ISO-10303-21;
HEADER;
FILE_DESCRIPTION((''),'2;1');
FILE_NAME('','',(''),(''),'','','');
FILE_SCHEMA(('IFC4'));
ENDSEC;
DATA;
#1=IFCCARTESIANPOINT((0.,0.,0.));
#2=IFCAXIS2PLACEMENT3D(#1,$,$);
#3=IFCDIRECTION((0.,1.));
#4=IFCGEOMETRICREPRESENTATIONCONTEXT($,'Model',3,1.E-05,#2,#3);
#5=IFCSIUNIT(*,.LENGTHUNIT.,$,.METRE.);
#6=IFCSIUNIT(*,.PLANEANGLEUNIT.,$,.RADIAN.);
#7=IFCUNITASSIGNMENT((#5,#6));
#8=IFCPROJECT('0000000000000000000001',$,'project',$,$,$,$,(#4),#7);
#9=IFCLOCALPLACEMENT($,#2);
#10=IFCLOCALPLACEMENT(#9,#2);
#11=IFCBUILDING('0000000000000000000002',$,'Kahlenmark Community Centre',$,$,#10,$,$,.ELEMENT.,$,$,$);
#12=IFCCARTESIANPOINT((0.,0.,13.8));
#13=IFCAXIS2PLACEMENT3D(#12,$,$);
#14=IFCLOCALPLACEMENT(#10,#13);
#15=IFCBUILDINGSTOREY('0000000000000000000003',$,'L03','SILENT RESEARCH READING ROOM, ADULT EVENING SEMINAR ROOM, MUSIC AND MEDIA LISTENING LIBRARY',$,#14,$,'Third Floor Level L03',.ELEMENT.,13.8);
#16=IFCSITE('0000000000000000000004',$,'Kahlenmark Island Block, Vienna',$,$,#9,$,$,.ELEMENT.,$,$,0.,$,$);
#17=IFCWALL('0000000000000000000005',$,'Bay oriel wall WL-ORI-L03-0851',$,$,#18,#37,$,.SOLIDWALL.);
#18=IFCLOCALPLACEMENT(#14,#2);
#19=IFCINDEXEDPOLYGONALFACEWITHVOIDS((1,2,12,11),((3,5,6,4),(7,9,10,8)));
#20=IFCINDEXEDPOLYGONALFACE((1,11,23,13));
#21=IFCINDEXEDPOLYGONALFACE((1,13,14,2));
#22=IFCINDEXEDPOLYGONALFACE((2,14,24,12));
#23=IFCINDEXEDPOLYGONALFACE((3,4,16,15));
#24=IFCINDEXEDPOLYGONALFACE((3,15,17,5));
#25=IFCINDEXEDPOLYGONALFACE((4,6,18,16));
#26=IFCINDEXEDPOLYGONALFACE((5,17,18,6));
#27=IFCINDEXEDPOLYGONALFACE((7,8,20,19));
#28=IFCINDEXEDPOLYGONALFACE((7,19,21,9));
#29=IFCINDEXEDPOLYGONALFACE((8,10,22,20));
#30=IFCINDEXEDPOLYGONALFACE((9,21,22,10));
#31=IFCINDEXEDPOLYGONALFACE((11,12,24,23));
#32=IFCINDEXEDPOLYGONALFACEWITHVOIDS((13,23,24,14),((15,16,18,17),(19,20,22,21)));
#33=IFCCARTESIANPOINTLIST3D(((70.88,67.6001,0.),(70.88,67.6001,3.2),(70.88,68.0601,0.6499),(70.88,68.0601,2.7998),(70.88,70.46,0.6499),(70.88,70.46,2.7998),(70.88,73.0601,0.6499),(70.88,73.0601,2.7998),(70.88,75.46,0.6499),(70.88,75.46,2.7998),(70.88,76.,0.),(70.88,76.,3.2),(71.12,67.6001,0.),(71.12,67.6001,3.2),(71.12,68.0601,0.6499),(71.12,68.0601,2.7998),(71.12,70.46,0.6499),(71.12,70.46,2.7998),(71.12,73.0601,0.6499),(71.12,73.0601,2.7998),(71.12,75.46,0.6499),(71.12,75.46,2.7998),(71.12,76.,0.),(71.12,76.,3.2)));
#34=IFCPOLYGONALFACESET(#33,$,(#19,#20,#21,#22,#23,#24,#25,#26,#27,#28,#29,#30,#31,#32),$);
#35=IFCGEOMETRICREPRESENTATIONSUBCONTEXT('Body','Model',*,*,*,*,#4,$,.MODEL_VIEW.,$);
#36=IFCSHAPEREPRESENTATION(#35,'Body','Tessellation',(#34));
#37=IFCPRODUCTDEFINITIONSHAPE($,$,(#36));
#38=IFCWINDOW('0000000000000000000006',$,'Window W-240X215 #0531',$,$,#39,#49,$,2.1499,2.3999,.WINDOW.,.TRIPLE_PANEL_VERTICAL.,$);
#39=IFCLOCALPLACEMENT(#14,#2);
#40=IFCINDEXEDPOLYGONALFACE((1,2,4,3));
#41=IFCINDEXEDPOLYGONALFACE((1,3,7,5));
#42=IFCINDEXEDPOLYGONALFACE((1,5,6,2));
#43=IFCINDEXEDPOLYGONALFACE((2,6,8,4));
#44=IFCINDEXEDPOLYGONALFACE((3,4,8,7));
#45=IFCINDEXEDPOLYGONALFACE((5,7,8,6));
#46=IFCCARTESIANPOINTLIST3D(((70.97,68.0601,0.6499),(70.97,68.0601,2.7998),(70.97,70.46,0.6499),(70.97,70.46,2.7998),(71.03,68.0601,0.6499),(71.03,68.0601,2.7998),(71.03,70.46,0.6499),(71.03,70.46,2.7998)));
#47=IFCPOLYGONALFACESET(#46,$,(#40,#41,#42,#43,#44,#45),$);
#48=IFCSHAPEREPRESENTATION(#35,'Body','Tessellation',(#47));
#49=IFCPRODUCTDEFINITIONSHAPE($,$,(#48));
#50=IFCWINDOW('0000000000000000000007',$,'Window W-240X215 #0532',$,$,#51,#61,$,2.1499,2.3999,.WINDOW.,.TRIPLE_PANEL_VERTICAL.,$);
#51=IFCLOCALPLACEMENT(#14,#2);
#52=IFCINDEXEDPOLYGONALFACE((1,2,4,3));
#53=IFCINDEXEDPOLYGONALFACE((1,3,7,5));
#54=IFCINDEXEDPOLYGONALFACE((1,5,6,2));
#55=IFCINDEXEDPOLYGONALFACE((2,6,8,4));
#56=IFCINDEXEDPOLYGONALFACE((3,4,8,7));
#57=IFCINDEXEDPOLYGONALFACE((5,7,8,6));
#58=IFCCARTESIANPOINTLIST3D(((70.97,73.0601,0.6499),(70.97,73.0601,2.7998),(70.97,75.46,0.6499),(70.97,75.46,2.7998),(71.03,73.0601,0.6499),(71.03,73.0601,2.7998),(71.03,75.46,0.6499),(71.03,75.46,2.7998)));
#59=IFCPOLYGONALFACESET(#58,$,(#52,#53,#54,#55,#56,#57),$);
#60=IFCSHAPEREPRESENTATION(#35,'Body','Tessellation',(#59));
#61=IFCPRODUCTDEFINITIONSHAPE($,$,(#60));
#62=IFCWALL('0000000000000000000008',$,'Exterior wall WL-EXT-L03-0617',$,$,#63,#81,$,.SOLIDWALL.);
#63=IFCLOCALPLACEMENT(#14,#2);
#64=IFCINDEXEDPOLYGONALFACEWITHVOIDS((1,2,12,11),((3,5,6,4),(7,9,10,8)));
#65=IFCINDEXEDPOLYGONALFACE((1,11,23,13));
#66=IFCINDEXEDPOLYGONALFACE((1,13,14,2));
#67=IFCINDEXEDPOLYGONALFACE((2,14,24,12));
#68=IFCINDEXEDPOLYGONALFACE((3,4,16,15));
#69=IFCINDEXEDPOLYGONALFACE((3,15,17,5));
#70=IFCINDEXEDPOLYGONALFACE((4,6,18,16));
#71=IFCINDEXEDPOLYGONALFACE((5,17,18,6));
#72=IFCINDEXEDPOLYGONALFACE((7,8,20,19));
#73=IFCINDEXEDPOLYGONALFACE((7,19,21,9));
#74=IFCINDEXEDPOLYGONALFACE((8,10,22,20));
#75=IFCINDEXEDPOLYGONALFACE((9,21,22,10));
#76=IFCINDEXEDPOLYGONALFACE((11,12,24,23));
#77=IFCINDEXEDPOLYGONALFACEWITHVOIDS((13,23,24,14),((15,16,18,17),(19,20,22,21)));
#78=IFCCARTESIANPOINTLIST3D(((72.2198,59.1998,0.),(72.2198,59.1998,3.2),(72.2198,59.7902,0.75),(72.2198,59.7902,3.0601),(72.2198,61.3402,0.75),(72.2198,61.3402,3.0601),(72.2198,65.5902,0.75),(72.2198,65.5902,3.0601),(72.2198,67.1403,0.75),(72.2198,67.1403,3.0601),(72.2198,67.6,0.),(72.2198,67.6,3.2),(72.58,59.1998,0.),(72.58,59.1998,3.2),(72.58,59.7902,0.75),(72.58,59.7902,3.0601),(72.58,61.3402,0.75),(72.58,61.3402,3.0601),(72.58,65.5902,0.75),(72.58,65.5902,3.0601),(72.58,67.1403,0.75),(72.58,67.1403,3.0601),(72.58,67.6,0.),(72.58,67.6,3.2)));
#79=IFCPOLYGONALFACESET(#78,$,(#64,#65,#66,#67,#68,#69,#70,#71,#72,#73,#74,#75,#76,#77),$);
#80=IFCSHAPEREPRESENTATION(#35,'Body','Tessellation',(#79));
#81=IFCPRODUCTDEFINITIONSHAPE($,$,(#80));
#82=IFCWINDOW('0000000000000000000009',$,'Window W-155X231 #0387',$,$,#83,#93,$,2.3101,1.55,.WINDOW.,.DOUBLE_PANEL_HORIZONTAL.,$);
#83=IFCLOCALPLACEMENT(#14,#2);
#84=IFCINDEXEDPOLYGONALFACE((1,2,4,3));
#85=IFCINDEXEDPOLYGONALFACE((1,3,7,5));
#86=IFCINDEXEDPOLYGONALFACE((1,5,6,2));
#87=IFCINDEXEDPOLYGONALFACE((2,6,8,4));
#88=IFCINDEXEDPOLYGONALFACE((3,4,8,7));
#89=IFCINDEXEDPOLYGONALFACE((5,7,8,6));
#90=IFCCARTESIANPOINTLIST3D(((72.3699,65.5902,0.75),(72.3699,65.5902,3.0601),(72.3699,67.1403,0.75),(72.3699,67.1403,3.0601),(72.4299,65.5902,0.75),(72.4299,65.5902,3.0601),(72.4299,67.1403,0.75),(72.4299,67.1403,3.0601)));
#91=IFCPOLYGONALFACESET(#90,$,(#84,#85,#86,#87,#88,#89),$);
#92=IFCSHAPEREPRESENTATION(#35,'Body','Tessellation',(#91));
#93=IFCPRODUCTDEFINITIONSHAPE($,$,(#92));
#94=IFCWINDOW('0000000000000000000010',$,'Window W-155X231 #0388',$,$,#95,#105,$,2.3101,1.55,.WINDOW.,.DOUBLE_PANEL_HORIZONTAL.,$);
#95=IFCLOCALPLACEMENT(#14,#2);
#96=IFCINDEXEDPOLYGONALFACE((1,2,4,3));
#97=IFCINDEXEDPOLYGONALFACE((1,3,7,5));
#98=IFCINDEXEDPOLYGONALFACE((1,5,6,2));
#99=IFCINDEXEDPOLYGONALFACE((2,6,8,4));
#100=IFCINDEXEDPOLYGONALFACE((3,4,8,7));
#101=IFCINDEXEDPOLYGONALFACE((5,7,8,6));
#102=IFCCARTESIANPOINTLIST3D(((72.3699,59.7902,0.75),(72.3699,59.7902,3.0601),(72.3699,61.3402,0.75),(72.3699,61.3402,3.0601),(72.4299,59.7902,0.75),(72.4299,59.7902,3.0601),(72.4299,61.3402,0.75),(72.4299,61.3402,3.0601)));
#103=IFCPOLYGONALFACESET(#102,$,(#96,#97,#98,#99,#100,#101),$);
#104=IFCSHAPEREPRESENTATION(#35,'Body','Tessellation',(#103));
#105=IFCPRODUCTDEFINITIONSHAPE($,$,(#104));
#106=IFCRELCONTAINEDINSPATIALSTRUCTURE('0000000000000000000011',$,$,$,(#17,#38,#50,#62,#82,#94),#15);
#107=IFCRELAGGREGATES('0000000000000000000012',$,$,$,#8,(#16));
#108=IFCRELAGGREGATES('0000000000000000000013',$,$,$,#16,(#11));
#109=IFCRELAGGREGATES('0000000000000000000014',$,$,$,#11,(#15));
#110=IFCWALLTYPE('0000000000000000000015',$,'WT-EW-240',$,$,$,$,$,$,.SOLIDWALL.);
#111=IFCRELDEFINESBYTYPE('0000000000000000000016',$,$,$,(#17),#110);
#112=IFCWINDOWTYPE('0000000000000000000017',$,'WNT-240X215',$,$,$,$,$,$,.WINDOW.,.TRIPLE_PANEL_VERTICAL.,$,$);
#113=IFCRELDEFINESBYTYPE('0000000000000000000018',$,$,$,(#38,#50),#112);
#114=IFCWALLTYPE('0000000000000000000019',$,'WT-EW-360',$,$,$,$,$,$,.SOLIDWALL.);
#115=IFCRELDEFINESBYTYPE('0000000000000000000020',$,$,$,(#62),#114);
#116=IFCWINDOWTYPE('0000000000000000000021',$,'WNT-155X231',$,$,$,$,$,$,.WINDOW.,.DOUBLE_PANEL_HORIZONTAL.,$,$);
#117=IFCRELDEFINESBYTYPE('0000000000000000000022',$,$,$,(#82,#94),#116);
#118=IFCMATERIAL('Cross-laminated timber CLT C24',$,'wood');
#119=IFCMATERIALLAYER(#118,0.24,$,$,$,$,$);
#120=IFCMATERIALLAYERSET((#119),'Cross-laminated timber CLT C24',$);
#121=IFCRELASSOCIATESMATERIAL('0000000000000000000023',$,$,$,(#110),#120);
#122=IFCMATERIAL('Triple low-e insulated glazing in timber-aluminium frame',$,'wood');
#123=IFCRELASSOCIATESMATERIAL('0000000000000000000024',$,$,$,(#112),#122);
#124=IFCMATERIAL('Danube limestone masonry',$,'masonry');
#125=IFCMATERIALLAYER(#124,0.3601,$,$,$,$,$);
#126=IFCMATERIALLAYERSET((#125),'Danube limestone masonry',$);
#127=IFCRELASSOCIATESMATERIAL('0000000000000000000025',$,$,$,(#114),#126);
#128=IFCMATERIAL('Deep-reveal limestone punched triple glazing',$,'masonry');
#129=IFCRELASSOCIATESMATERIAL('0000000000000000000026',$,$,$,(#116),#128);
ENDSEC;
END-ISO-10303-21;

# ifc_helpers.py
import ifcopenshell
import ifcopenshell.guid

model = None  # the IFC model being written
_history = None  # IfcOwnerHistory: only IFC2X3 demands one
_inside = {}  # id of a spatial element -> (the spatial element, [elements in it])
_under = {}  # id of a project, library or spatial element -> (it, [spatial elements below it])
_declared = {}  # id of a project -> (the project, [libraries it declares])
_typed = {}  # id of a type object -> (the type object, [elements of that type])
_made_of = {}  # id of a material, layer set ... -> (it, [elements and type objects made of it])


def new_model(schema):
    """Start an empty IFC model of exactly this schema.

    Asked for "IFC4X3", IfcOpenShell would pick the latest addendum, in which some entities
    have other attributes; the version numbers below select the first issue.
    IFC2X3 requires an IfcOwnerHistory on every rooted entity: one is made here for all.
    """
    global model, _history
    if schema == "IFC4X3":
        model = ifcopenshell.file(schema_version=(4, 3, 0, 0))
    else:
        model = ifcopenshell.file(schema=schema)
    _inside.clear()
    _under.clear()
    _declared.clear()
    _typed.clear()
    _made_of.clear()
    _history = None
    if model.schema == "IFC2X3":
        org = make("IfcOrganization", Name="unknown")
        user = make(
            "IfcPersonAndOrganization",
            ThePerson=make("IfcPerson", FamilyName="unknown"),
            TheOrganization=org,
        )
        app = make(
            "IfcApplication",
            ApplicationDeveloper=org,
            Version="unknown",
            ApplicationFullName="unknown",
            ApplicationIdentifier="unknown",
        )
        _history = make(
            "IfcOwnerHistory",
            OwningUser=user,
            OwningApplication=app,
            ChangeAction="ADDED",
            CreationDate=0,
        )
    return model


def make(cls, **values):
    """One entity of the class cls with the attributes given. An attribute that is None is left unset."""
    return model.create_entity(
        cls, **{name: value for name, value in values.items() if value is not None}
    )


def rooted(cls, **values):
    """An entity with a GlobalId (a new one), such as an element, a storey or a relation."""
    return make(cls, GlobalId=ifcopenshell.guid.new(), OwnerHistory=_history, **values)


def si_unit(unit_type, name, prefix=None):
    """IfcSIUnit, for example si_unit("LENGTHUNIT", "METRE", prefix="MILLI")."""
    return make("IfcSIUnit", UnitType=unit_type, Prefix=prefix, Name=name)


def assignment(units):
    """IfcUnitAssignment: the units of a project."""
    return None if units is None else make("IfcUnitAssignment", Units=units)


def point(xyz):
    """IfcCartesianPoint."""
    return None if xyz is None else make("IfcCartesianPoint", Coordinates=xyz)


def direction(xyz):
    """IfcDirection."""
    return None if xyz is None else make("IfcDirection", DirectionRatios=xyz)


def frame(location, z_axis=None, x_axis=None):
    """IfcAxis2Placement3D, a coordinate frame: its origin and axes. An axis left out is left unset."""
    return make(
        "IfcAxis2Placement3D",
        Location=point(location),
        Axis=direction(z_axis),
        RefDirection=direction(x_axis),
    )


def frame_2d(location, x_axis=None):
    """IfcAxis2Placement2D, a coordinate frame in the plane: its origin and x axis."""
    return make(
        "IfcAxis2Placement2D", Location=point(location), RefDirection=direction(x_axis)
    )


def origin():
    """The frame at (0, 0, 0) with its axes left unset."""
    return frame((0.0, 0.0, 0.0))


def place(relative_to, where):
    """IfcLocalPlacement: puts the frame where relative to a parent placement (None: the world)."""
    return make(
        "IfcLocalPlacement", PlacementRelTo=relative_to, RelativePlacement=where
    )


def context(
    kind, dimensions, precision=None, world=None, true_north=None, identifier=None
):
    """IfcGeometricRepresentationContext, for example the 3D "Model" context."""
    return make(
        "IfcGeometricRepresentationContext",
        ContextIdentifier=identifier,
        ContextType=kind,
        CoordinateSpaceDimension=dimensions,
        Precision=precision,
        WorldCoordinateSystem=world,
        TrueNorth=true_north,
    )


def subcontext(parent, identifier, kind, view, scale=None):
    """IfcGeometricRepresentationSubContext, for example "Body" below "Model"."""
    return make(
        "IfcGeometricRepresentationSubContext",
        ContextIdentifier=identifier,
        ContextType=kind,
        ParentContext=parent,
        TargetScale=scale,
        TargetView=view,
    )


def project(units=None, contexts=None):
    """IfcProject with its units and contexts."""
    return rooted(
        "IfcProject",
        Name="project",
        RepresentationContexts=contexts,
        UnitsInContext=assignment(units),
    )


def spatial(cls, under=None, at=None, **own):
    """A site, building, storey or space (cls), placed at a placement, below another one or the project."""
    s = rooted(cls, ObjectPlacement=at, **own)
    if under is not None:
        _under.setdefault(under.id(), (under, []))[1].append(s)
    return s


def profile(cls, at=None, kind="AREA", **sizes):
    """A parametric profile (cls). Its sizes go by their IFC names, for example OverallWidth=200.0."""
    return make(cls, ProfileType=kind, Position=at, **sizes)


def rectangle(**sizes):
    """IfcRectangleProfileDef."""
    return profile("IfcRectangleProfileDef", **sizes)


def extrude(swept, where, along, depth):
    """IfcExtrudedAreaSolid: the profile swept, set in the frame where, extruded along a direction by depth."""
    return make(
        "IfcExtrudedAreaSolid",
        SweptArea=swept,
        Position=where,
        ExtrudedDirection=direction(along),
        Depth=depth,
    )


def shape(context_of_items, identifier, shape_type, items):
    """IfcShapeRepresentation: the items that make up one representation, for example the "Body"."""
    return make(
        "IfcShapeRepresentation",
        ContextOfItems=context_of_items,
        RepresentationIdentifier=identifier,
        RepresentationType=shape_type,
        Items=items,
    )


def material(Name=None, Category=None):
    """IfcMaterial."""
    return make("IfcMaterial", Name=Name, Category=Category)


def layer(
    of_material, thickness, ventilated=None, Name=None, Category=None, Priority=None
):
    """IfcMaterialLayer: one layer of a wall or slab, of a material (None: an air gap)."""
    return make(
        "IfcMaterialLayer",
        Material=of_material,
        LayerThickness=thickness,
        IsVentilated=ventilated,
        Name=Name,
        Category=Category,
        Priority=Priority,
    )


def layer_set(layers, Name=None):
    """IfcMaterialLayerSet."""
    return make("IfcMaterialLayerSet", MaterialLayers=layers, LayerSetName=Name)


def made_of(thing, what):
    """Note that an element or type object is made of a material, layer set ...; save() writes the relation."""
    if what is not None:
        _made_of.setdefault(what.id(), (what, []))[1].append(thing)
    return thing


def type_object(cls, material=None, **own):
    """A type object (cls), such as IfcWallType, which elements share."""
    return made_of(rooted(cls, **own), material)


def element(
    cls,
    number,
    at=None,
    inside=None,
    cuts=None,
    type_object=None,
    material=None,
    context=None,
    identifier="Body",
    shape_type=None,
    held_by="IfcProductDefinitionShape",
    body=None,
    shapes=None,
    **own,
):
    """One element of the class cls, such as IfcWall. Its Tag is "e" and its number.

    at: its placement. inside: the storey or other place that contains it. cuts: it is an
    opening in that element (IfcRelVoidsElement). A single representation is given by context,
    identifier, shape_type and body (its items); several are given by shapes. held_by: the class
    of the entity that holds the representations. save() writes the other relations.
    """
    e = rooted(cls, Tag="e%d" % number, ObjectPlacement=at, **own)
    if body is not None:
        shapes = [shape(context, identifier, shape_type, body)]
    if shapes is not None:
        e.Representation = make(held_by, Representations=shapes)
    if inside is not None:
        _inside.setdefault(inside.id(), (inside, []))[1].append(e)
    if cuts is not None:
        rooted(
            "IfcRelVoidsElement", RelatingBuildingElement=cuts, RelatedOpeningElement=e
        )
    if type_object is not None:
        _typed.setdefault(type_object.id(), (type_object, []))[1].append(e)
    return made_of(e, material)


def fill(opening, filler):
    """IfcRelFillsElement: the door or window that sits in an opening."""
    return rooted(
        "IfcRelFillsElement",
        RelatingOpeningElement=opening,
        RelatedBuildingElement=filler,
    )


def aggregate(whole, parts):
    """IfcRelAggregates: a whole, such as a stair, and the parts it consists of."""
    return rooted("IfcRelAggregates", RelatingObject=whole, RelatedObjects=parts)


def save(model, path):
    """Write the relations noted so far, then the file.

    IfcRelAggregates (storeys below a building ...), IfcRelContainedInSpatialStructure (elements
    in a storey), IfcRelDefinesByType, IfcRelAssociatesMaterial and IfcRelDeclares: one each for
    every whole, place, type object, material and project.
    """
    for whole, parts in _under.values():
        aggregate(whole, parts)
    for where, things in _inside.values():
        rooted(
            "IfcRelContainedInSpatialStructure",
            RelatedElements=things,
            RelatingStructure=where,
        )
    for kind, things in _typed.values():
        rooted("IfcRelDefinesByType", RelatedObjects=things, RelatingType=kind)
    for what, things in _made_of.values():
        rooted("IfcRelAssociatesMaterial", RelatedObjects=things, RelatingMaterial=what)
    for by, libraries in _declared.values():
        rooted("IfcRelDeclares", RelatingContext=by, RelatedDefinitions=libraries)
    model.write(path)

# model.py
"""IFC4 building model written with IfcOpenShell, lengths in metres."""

from ifc_helpers import new_model, si_unit, direction, frame, frame_2d, origin, place, context, subcontext, project, spatial, rectangle, extrude, material, layer, layer_set, type_object, element, fill, save


model = new_model("IFC4")

# Units and contexts
model_context = context("Model", 3, precision=1e-05, world=origin(), true_north=direction((0.0, 1.0)))
body_context = subcontext(model_context, "Body", "Model", "MODEL_VIEW")
ifc_project = project(units=[si_unit("LENGTHUNIT", "METRE"), si_unit("PLANEANGLEUNIT", "RADIAN")], contexts=[model_context])

# Site, building, storey
site_placement = place(None, origin())
site = spatial("IfcSite", under=ifc_project, at=site_placement, Name="Kahlenmark Island Block, Vienna", CompositionType="ELEMENT", RefElevation=0.0)
building_placement = place(site_placement, origin())
building = spatial("IfcBuilding", under=site, at=building_placement, Name="Kahlenmark Community Centre", CompositionType="ELEMENT")
storey_placement = place(building_placement, frame((0.0, 0.0, 13.8)))
storey = spatial("IfcBuildingStorey", under=building, at=storey_placement, Name="L03", Description="SILENT RESEARCH READING ROOM, ADULT EVENING SEMINAR ROOM, MUSIC AND MEDIA LISTENING LIBRARY", LongName="Third Floor Level L03", CompositionType="ELEMENT", Elevation=13.8)

# Shared definitions
ifc_material_1 = material(Name="Cross-laminated timber CLT C24", Category="wood")
ifc_layer_1 = layer(ifc_material_1, 0.24)
ifc_layer_set_1 = layer_set([ifc_layer_1], Name="Cross-laminated timber CLT C24")
wall_type_1 = type_object("IfcWallType", Name="WT-EW-240", PredefinedType="SOLIDWALL", material=ifc_layer_set_1)

# Walls, openings, windows
wall_1_placement = place(storey_placement, frame((71.0, 67.6001, 0.0), z_axis=(0.0, 0.0, 1.0), x_axis=(0.0, 1.0, 0.0)))
wall_1 = element("IfcWall", 1, at=wall_1_placement, inside=storey, type_object=wall_type_1, Name="Bay oriel wall WL-ORI-L03-0851", PredefinedType="SOLIDWALL", context=body_context, shape_type="SweptSolid", body=[
    extrude(rectangle(XDim=8.3999, YDim=0.24, at=frame_2d((4.2, 0.0))), origin(), (0.0, 0.0, 1.0), 3.2),
])
opening_1_placement = place(wall_1_placement, frame((0.46, 0.0, 0.6499)))
opening_1 = element("IfcOpeningElement", 2, at=opening_1_placement, cuts=wall_1, PredefinedType="OPENING", context=body_context, shape_type="SweptSolid", body=[
    extrude(rectangle(XDim=2.3999, YDim=2.1499, at=frame_2d((1.2, 1.075))), frame((0.0, 0.1299, 0.0), z_axis=(0.0, -1.0, 0.0), x_axis=(1.0, 0.0, 0.0)), (0.0, 0.0, 1.0), 0.26),
])
opening_2_placement = place(wall_1_placement, frame((5.46, 0.0, 0.6499)))
opening_2 = element("IfcOpeningElement", 3, at=opening_2_placement, cuts=wall_1, PredefinedType="OPENING", context=body_context, shape_type="SweptSolid", body=[
    extrude(rectangle(XDim=2.3999, YDim=2.1499, at=frame_2d((1.2, 1.075))), frame((0.0, 0.1299, 0.0), z_axis=(0.0, -1.0, 0.0), x_axis=(1.0, 0.0, 0.0)), (0.0, 0.0, 1.0), 0.26),
])
ifc_material_2 = material(Name="Triple low-e insulated glazing in timber-aluminium frame", Category="wood")
window_type_1 = type_object("IfcWindowType", Name="WNT-240X215", PartitioningType="TRIPLE_PANEL_VERTICAL", PredefinedType="WINDOW", material=ifc_material_2)
window_1_placement = place(opening_1_placement, origin())
window_1 = element("IfcWindow", 4, at=window_1_placement, inside=storey, type_object=window_type_1, Name="Window W-240X215 #0531", OverallHeight=2.1499, OverallWidth=2.3999, PartitioningType="TRIPLE_PANEL_VERTICAL", PredefinedType="WINDOW", context=body_context, shape_type="SweptSolid", body=[
    extrude(rectangle(XDim=2.3999, YDim=2.1499, at=frame_2d((1.2, 1.075))), frame((0.0, 0.03, 0.0), z_axis=(0.0, -1.0, 0.0), x_axis=(1.0, 0.0, 0.0)), (0.0, 0.0, 1.0), 0.0601),
])
fill(opening_1, window_1)
window_2_placement = place(opening_2_placement, origin())
window_2 = element("IfcWindow", 5, at=window_2_placement, inside=storey, type_object=window_type_1, Name="Window W-240X215 #0532", OverallHeight=2.1499, OverallWidth=2.3999, PartitioningType="TRIPLE_PANEL_VERTICAL", PredefinedType="WINDOW", context=body_context, shape_type="SweptSolid", body=[
    extrude(rectangle(XDim=2.3999, YDim=2.1499, at=frame_2d((1.2, 1.075))), frame((0.0, 0.03, 0.0), z_axis=(0.0, -1.0, 0.0), x_axis=(1.0, 0.0, 0.0)), (0.0, 0.0, 1.0), 0.0601),
])
fill(opening_2, window_2)
ifc_material_3 = material(Name="Danube limestone masonry", Category="masonry")
ifc_layer_2 = layer(ifc_material_3, 0.3601)
ifc_layer_set_2 = layer_set([ifc_layer_2], Name="Danube limestone masonry")
wall_type_2 = type_object("IfcWallType", Name="WT-EW-360", PredefinedType="SOLIDWALL", material=ifc_layer_set_2)
wall_2_placement = place(storey_placement, frame((72.3999, 67.6001, 0.0), z_axis=(0.0, 0.0, 1.0), x_axis=(0.0, -1.0, 0.0)))
wall_2 = element("IfcWall", 6, at=wall_2_placement, inside=storey, type_object=wall_type_2, Name="Exterior wall WL-EXT-L03-0617", PredefinedType="SOLIDWALL", context=body_context, shape_type="SweptSolid", body=[
    extrude(rectangle(XDim=8.4001, YDim=0.3601, at=frame_2d((4.2002, 0.0))), origin(), (0.0, 0.0, 1.0), 3.2),
])
opening_3_placement = place(wall_2_placement, frame((0.46, 0.0, 0.75)))
opening_3 = element("IfcOpeningElement", 7, at=opening_3_placement, cuts=wall_2, PredefinedType="OPENING", context=body_context, shape_type="SweptSolid", body=[
    extrude(rectangle(XDim=1.55, YDim=2.3101, at=frame_2d((0.7749, 1.155))), frame((0.0, 0.1899, 0.0), z_axis=(0.0, -1.0, 0.0), x_axis=(1.0, 0.0, 0.0)), (0.0, 0.0, 1.0), 0.3801),
])
opening_4_placement = place(wall_2_placement, frame((6.26, 0.0, 0.75)))
opening_4 = element("IfcOpeningElement", 8, at=opening_4_placement, cuts=wall_2, PredefinedType="OPENING", context=body_context, shape_type="SweptSolid", body=[
    extrude(rectangle(XDim=1.55, YDim=2.3101, at=frame_2d((0.7749, 1.155))), frame((0.0, 0.1899, 0.0), z_axis=(0.0, -1.0, 0.0), x_axis=(1.0, 0.0, 0.0)), (0.0, 0.0, 1.0), 0.3801),
])
ifc_material_4 = material(Name="Deep-reveal limestone punched triple glazing", Category="masonry")
window_type_2 = type_object("IfcWindowType", Name="WNT-155X231", PartitioningType="DOUBLE_PANEL_HORIZONTAL", PredefinedType="WINDOW", material=ifc_material_4)
window_3_placement = place(opening_3_placement, origin())
window_3 = element("IfcWindow", 9, at=window_3_placement, inside=storey, type_object=window_type_2, Name="Window W-155X231 #0387", OverallHeight=2.3101, OverallWidth=1.55, PartitioningType="DOUBLE_PANEL_HORIZONTAL", PredefinedType="WINDOW", context=body_context, shape_type="SweptSolid", body=[
    extrude(rectangle(XDim=1.55, YDim=2.3101, at=frame_2d((0.7749, 1.155))), frame((0.0, 0.03, 0.0), z_axis=(0.0, -1.0, 0.0), x_axis=(1.0, 0.0, 0.0)), (0.0, 0.0, 1.0), 0.0601),
])
fill(opening_3, window_3)
window_4_placement = place(opening_4_placement, origin())
window_4 = element("IfcWindow", 10, at=window_4_placement, inside=storey, type_object=window_type_2, Name="Window W-155X231 #0388", OverallHeight=2.3101, OverallWidth=1.55, PartitioningType="DOUBLE_PANEL_HORIZONTAL", PredefinedType="WINDOW", context=body_context, shape_type="SweptSolid", body=[
    extrude(rectangle(XDim=1.55, YDim=2.3101, at=frame_2d((0.7749, 1.155))), frame((0.0, 0.03, 0.0), z_axis=(0.0, -1.0, 0.0), x_axis=(1.0, 0.0, 0.0)), (0.0, 0.0, 1.0), 0.0601),
])
fill(opening_4, window_4)

save(model, "model.ifc")
